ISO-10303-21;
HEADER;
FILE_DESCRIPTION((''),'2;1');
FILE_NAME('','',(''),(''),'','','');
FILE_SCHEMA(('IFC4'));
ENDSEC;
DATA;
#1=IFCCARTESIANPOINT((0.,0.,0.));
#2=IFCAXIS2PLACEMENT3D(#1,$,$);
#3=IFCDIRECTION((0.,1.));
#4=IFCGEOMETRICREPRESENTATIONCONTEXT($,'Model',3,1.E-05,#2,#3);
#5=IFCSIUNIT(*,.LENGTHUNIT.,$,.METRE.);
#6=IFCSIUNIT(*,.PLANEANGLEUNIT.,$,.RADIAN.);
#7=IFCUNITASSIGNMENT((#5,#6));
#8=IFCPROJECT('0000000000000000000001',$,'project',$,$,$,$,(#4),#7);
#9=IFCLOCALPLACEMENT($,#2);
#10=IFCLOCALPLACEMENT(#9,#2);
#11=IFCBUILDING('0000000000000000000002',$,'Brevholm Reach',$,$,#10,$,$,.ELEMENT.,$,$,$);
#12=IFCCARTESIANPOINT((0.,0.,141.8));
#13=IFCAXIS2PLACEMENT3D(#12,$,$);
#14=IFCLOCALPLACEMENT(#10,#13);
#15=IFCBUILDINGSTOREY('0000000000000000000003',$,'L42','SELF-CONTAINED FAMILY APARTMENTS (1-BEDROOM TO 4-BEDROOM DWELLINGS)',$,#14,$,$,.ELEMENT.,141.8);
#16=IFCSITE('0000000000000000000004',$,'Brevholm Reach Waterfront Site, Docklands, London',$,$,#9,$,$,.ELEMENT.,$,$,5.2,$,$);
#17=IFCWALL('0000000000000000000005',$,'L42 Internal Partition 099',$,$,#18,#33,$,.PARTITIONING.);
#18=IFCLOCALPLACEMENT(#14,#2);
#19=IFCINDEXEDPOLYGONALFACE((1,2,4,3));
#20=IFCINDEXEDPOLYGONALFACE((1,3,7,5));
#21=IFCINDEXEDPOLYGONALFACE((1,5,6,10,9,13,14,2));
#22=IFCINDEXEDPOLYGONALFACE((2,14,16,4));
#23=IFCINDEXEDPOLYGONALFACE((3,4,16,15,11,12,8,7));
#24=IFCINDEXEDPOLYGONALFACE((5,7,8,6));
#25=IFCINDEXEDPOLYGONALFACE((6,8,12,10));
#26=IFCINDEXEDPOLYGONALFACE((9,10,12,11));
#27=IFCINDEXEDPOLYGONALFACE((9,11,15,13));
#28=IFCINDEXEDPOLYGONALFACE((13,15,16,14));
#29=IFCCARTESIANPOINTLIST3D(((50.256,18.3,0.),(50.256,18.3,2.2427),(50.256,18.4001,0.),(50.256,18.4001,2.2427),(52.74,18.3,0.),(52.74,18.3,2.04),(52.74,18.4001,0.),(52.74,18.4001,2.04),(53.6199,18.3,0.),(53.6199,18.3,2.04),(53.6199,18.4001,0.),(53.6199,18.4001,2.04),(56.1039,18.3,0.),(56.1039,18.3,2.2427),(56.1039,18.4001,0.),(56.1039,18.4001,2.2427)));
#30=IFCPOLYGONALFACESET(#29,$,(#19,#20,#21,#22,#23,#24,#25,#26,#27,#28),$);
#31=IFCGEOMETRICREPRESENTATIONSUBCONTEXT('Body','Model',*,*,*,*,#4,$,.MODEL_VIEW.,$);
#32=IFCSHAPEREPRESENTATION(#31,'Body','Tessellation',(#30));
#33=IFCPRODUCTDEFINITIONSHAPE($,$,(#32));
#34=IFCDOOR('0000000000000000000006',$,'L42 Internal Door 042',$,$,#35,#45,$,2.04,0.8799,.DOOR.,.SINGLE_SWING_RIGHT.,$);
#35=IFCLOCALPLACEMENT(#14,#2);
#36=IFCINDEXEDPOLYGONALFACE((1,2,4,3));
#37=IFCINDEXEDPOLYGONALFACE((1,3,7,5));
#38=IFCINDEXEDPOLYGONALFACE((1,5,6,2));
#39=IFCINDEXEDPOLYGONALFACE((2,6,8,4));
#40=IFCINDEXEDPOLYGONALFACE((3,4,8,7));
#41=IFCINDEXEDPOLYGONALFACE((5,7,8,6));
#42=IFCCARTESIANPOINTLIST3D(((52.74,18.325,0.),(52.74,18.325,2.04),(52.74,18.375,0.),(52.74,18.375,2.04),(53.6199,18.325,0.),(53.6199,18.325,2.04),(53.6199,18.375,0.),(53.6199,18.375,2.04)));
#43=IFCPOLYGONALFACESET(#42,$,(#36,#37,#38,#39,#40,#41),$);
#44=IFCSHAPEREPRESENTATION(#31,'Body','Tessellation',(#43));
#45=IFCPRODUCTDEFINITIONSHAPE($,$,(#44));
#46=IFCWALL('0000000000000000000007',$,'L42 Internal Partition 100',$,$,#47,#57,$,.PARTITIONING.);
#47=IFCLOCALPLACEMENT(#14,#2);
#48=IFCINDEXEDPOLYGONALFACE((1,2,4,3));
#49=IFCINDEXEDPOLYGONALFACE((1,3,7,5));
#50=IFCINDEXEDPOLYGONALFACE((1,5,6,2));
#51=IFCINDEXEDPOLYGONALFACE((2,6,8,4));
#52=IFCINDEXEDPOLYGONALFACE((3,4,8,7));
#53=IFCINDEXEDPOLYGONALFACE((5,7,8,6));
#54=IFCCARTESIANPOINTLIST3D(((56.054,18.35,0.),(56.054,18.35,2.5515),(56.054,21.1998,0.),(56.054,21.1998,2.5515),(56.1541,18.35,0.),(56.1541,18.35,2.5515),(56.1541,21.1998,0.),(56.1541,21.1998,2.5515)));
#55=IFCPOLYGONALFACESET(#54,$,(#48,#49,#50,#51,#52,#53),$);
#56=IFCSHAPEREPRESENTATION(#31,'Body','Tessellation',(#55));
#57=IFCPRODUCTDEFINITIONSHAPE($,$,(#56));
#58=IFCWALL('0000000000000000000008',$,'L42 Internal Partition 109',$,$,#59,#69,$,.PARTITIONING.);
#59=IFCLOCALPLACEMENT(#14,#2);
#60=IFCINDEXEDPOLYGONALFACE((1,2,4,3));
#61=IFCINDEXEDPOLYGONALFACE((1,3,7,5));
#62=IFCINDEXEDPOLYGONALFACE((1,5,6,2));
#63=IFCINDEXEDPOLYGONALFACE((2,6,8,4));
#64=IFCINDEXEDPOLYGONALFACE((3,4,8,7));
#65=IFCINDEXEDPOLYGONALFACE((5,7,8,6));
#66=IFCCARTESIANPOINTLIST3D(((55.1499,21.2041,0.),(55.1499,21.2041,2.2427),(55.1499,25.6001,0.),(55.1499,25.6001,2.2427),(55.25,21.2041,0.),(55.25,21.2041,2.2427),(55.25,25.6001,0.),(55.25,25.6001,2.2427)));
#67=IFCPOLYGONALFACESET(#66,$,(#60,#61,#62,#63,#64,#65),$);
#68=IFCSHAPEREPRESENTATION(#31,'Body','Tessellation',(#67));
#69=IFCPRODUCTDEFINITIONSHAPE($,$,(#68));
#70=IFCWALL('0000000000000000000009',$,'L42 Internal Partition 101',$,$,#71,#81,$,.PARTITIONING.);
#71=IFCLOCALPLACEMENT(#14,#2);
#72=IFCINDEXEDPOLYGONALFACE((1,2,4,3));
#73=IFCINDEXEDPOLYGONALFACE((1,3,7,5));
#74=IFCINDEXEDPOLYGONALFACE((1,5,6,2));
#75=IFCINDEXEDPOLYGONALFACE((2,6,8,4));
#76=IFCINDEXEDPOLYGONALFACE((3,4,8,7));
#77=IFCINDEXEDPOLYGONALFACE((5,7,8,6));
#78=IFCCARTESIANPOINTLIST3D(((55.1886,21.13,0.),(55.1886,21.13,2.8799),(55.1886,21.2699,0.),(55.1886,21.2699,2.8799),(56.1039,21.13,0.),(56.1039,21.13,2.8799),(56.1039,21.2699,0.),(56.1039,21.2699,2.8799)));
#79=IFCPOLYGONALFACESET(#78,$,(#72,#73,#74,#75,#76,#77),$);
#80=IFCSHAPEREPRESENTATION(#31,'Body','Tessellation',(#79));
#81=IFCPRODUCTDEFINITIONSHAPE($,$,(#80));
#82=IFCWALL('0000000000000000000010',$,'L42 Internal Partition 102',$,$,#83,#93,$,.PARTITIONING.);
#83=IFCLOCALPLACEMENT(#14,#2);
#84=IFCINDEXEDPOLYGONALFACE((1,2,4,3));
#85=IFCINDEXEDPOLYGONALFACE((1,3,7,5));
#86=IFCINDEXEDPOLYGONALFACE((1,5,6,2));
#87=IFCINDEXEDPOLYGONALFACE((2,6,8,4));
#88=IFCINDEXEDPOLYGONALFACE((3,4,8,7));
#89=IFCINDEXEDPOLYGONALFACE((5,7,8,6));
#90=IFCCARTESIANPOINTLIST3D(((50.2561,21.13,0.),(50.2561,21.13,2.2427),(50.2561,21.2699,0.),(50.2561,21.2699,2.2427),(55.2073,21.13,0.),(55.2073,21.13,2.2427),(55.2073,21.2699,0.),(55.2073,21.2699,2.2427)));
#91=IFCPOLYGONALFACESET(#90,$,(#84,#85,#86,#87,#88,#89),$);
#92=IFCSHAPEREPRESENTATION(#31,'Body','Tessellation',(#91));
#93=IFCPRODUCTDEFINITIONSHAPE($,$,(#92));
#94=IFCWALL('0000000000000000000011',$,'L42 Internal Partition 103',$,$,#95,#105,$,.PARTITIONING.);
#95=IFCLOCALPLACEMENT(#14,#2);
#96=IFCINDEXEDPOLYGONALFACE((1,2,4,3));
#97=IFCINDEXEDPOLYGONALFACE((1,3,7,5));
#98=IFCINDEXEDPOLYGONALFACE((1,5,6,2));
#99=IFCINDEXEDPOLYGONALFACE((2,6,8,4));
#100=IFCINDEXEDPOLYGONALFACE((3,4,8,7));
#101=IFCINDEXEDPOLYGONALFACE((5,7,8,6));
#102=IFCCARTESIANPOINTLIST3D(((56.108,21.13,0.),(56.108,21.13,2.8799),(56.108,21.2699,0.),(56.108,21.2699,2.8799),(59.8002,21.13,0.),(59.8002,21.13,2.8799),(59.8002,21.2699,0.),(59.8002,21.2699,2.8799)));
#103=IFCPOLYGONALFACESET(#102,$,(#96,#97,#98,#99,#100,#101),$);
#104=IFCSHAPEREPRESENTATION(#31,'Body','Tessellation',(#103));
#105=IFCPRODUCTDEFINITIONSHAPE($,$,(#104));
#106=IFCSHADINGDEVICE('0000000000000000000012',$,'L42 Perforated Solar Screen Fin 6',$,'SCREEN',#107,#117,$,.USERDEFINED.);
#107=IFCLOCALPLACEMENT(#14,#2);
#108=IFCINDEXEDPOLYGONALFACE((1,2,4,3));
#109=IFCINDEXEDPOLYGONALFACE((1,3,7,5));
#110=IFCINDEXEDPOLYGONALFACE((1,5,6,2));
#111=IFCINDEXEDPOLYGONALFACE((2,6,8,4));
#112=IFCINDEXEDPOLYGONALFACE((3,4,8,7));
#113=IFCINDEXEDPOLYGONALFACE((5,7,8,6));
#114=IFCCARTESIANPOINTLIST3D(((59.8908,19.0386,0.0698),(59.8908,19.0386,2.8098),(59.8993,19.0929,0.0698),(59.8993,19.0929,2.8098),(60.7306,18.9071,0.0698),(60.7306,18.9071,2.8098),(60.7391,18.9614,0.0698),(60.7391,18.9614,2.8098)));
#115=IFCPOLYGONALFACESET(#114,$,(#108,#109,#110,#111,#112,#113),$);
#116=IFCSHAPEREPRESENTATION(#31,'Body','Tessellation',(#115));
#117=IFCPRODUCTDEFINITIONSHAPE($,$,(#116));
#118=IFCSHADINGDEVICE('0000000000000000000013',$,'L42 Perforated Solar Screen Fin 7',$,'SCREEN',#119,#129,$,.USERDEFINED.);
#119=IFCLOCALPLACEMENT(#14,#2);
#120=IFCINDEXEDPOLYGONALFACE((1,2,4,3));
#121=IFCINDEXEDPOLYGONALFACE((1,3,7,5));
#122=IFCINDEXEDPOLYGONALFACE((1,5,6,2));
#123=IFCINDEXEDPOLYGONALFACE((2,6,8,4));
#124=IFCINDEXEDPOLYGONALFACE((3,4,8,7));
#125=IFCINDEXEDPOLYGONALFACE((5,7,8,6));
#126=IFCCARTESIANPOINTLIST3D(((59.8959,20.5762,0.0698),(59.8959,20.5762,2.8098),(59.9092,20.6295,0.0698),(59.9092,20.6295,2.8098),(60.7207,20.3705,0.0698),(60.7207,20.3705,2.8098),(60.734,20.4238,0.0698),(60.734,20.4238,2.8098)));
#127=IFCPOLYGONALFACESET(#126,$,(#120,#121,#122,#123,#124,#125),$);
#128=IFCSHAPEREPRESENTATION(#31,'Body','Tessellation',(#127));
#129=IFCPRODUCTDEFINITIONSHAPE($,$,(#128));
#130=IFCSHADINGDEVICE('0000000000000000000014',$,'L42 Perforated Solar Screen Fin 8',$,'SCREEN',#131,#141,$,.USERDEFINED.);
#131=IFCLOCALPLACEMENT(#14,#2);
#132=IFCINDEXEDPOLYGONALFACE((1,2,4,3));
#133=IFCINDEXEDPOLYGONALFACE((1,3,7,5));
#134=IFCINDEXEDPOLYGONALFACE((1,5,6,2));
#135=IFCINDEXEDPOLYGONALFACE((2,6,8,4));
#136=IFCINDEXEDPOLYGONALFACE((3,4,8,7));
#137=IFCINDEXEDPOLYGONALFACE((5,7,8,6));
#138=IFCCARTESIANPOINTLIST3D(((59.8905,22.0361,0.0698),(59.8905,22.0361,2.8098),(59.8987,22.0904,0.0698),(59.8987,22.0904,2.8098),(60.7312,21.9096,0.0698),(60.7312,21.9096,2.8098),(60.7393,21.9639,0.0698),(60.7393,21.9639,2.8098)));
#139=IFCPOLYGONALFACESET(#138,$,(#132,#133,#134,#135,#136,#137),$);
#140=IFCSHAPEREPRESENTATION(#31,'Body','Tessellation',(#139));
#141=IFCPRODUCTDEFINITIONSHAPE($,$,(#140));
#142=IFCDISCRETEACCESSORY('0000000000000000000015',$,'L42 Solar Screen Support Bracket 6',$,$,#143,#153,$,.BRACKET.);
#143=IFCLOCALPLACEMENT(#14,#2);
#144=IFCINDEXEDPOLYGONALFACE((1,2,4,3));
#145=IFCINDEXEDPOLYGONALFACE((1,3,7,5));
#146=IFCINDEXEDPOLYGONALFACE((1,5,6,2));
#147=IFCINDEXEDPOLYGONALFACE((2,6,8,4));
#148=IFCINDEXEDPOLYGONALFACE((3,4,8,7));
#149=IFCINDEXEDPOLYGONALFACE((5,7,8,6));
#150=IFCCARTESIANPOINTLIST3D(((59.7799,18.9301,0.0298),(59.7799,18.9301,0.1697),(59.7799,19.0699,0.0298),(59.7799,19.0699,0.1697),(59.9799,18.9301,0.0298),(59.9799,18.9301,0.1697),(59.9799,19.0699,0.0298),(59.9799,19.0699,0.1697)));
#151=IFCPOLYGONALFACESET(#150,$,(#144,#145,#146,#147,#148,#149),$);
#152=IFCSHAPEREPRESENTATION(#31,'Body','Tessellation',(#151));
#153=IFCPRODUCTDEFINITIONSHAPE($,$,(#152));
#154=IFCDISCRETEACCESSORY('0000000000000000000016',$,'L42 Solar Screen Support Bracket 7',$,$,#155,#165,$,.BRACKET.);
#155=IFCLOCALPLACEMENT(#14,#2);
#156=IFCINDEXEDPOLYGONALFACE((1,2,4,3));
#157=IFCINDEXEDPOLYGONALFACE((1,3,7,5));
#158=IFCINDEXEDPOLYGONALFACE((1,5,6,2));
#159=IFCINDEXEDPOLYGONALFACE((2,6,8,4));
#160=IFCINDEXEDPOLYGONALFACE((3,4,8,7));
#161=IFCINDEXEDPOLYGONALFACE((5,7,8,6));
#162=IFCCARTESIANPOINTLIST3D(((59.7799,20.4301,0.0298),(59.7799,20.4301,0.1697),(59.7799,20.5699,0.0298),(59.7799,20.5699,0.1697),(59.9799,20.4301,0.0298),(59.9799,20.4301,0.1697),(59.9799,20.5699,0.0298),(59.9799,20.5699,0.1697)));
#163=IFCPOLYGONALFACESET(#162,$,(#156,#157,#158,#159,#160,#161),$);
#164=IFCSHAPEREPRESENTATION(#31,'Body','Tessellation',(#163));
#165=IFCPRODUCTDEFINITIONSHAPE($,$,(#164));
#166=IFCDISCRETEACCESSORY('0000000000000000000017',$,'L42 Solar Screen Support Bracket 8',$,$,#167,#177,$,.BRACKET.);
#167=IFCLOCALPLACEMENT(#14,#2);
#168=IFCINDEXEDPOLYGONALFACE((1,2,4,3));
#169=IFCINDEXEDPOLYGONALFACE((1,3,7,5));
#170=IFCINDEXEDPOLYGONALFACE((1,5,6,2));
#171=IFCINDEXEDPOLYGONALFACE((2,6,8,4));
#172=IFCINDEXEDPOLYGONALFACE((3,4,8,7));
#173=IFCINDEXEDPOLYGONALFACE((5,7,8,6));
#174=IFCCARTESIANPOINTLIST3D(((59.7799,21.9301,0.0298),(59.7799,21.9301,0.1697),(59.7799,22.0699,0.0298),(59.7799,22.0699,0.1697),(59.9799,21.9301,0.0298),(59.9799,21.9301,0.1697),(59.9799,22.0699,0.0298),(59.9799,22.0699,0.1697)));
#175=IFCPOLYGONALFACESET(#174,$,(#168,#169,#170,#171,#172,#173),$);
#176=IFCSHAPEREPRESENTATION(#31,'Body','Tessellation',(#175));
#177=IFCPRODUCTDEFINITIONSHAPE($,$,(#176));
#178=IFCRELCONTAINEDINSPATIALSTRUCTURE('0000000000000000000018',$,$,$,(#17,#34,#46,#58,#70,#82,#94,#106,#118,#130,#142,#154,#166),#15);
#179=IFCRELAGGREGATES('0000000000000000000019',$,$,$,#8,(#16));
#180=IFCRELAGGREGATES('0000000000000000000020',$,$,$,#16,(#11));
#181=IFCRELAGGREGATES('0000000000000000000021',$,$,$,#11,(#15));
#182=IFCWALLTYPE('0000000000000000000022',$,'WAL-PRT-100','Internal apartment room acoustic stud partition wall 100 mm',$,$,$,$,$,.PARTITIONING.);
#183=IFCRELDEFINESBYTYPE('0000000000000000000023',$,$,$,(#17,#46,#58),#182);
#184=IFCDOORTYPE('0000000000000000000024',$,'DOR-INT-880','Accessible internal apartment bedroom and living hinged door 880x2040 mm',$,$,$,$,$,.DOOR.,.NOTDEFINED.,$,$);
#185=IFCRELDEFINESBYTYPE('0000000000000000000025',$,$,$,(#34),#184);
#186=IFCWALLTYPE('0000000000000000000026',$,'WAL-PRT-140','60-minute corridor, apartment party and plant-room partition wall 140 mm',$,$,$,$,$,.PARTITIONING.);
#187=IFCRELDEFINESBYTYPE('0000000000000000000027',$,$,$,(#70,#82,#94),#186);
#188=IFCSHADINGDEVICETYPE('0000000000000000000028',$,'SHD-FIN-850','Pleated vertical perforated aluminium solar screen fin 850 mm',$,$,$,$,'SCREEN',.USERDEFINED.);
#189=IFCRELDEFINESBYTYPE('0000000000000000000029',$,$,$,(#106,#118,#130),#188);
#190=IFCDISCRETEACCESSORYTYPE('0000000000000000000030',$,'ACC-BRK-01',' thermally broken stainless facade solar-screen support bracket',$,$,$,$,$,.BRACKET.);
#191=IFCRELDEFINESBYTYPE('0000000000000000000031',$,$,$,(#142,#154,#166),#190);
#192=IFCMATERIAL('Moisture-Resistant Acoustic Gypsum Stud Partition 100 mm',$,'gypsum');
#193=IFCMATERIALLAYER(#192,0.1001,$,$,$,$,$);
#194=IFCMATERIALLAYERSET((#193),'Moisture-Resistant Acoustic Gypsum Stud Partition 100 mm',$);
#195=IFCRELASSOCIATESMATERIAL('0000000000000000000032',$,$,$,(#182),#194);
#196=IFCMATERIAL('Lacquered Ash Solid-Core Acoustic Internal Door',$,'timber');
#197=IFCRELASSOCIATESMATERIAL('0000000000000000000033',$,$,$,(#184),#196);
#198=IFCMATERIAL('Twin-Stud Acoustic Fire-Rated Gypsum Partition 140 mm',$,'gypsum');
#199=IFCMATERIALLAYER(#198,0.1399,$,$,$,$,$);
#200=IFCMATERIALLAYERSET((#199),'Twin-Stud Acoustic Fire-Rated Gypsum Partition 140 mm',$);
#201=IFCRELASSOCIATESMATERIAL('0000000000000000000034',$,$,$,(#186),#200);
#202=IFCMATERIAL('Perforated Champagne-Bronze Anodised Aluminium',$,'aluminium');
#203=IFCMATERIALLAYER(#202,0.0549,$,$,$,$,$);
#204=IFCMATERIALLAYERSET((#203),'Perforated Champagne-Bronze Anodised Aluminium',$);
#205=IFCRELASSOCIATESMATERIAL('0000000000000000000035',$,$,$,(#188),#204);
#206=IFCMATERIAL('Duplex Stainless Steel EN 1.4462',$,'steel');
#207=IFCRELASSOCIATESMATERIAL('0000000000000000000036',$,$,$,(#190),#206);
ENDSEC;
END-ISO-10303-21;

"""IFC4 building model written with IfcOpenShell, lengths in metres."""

from ifc_helpers import new_model, si_unit, direction, frame, frame_2d, origin, origin_2d, place, context, subcontext, project, spatial, rectangle, extrude, material, layer, layer_set, type_object, element, fill, save


model = new_model("IFC4")

# Units and contexts
model_context = context("Model", 3, precision=1e-05, world=origin(), true_north=direction((0.0, 1.0)))
body_context = subcontext(model_context, "Body", "Model", "MODEL_VIEW")
ifc_project = project(units=[si_unit("LENGTHUNIT", "METRE"), si_unit("PLANEANGLEUNIT", "RADIAN")], contexts=[model_context])

# Site, building, storey
site_placement = place(None, origin())
site = spatial("IfcSite", under=ifc_project, at=site_placement, Name="Brevholm Reach Waterfront Site, Docklands, London", CompositionType="ELEMENT", RefElevation=5.2)
building_placement = place(site_placement, origin())
building = spatial("IfcBuilding", under=site, at=building_placement, Name="Brevholm Reach", CompositionType="ELEMENT")
storey_placement = place(building_placement, frame((0.0, 0.0, 141.8)))
storey = spatial("IfcBuildingStorey", under=building, at=storey_placement, Name="L42", Description="SELF-CONTAINED FAMILY APARTMENTS (1-BEDROOM TO 4-BEDROOM DWELLINGS)", CompositionType="ELEMENT", Elevation=141.8)

# Shared definitions
ifc_material_1 = material(Name="Moisture-Resistant Acoustic Gypsum Stud Partition 100 mm", Category="gypsum")
ifc_layer_1 = layer(ifc_material_1, 0.1001)
ifc_layer_set_1 = layer_set([ifc_layer_1], Name="Moisture-Resistant Acoustic Gypsum Stud Partition 100 mm")
wall_type_1 = type_object("IfcWallType", Name="WAL-PRT-100", Description="Internal apartment room acoustic stud partition wall 100 mm", PredefinedType="PARTITIONING", material=ifc_layer_set_1)

# Wall, opening, door
wall_1_placement = place(storey_placement, frame((50.2561, 18.3501, 0.0), z_axis=(0.0, 0.0, 1.0), x_axis=(1.0, 0.0, 0.0)))
wall_1 = element("IfcWall", 1, at=wall_1_placement, inside=storey, type_object=wall_type_1, Name="L42 Internal Partition 099", PredefinedType="PARTITIONING", context=body_context, shape_type="SweptSolid", body=[
    extrude(rectangle(XDim=5.8479, YDim=0.1001, at=frame_2d((2.9238, 0.0))), origin(), (0.0, 0.0, 1.0), 2.2427),
])
opening_1_placement = place(wall_1_placement, frame((2.4839, 0.0, 0.0)))
opening_1 = element("IfcOpeningElement", 2, at=opening_1_placement, cuts=wall_1, PredefinedType="OPENING", context=body_context, shape_type="SweptSolid", body=[
    extrude(rectangle(XDim=0.8799, YDim=2.04, at=frame_2d((0.4399, 1.02))), frame((0.0, 0.0601, 0.0), z_axis=(0.0, -1.0, 0.0), x_axis=(1.0, 0.0, 0.0)), (0.0, 0.0, 1.0), 0.1201),
])
ifc_material_2 = material(Name="Lacquered Ash Solid-Core Acoustic Internal Door", Category="timber")
door_type = type_object("IfcDoorType", Name="DOR-INT-880", Description="Accessible internal apartment bedroom and living hinged door 880x2040 mm", OperationType="NOTDEFINED", PredefinedType="DOOR", material=ifc_material_2)
door_placement = place(opening_1_placement, origin())
door = element("IfcDoor", 3, at=door_placement, inside=storey, type_object=door_type, Name="L42 Internal Door 042", OperationType="SINGLE_SWING_RIGHT", OverallHeight=2.04, OverallWidth=0.8799, PredefinedType="DOOR", context=body_context, shape_type="SweptSolid", body=[
    extrude(rectangle(XDim=0.8799, YDim=2.04, at=frame_2d((0.4399, 1.02))), frame((0.0, 0.0249, 0.0), z_axis=(0.0, -1.0, 0.0), x_axis=(1.0, 0.0, 0.0)), (0.0, 0.0, 1.0), 0.05),
])
fill(opening_1, door)

# Walls
wall_2_placement = place(storey_placement, frame((56.104, 18.3501, 0.0), z_axis=(0.0, 0.0, 1.0), x_axis=(0.0, 1.0, 0.0)))
element("IfcWall", 4, at=wall_2_placement, inside=storey, type_object=wall_type_1, Name="L42 Internal Partition 100", PredefinedType="PARTITIONING", context=body_context, shape_type="SweptSolid", body=[
    extrude(rectangle(XDim=2.8499, YDim=0.1001, at=frame_2d((1.4248, 0.0))), origin(), (0.0, 0.0, 1.0), 2.5515),
])
wall_3_placement = place(storey_placement, frame((55.2, 21.2041, 0.0), z_axis=(0.0, 0.0, 1.0), x_axis=(0.0, 1.0, 0.0)))
element("IfcWall", 5, at=wall_3_placement, inside=storey, type_object=wall_type_1, Name="L42 Internal Partition 109", PredefinedType="PARTITIONING", context=body_context, shape_type="SweptSolid", body=[
    extrude(rectangle(XDim=4.396, YDim=0.1001, at=frame_2d((2.198, 0.0))), origin(), (0.0, 0.0, 1.0), 2.2427),
])
ifc_material_3 = material(Name="Twin-Stud Acoustic Fire-Rated Gypsum Partition 140 mm", Category="gypsum")
ifc_layer_2 = layer(ifc_material_3, 0.1399)
ifc_layer_set_2 = layer_set([ifc_layer_2], Name="Twin-Stud Acoustic Fire-Rated Gypsum Partition 140 mm")
wall_type_2 = type_object("IfcWallType", Name="WAL-PRT-140", Description="60-minute corridor, apartment party and plant-room partition wall 140 mm", PredefinedType="PARTITIONING", material=ifc_layer_set_2)
wall_4_placement = place(storey_placement, frame((55.1887, 21.2, 0.0), z_axis=(0.0, 0.0, 1.0), x_axis=(1.0, 0.0, 0.0)))
element("IfcWall", 6, at=wall_4_placement, inside=storey, type_object=wall_type_2, Name="L42 Internal Partition 101", PredefinedType="PARTITIONING", context=body_context, shape_type="SweptSolid", body=[
    extrude(rectangle(XDim=0.9153, YDim=0.1399, at=frame_2d((0.4575, 0.0))), origin(), (0.0, 0.0, 1.0), 2.8799),
])
wall_5_placement = place(storey_placement, frame((50.2561, 21.2, 0.0), z_axis=(0.0, 0.0, 1.0), x_axis=(1.0, 0.0, 0.0)))
element("IfcWall", 7, at=wall_5_placement, inside=storey, type_object=wall_type_2, Name="L42 Internal Partition 102", PredefinedType="PARTITIONING", context=body_context, shape_type="SweptSolid", body=[
    extrude(rectangle(XDim=4.9512, YDim=0.1399, at=frame_2d((2.4756, 0.0))), origin(), (0.0, 0.0, 1.0), 2.2427),
])
wall_6_placement = place(storey_placement, frame((56.1079, 21.2, 0.0), z_axis=(0.0, 0.0, 1.0), x_axis=(1.0, 0.0, 0.0)))
element("IfcWall", 8, at=wall_6_placement, inside=storey, type_object=wall_type_2, Name="L42 Internal Partition 103", PredefinedType="PARTITIONING", context=body_context, shape_type="SweptSolid", body=[
    extrude(rectangle(XDim=3.6921, YDim=0.1399, at=frame_2d((1.8462, 0.0))), origin(), (0.0, 0.0, 1.0), 2.8799),
])

# Shading devices
ifc_material_4 = material(Name="Perforated Champagne-Bronze Anodised Aluminium", Category="aluminium")
ifc_layer_3 = layer(ifc_material_4, 0.0549)
ifc_layer_set_3 = layer_set([ifc_layer_3], Name="Perforated Champagne-Bronze Anodised Aluminium")
shading_device_type = type_object("IfcShadingDeviceType", Name="SHD-FIN-850", Description="Pleated vertical perforated aluminium solar screen fin 850 mm", ElementType="SCREEN", PredefinedType="USERDEFINED", material=ifc_layer_set_3)
for number, where, z_axis, x_axis, name in (
    (9, (60.3149, 19.0, 0.0698), (0.0, 0.0, 1.0), (0.987973, -0.154624, 0.0), "L42 Perforated Solar Screen Fin 6"),
    (10, (60.3149, 20.5, 0.0698), (0.0, 0.0, 1.0), (0.970304, -0.241888, 0.0), "L42 Perforated Solar Screen Fin 7"),
    (11, (60.3149, 22.0, 0.0698), (0.0, 0.0, 1.0), (0.988858, -0.148862, 0.0), "L42 Perforated Solar Screen Fin 8"),
):
    element("IfcShadingDevice", number, at=place(storey_placement, frame(where, z_axis=z_axis, x_axis=x_axis)), inside=storey, type_object=shading_device_type, Name=name, ObjectType="SCREEN", PredefinedType="USERDEFINED", context=body_context, shape_type="SweptSolid", body=[
        extrude(rectangle(XDim=0.8501, YDim=0.0549, at=origin_2d()), origin(), (0.0, 0.0, 1.0), 2.74),
    ])

# Discrete accessories
ifc_material_5 = material(Name="Duplex Stainless Steel EN 1.4462", Category="steel")
discrete_accessory_type = type_object("IfcDiscreteAccessoryType", Name="ACC-BRK-01", Description=" thermally broken stainless facade solar-screen support bracket", PredefinedType="BRACKET", material=ifc_material_5)
for number, where, z_axis, x_axis, name in (
    (12, (59.8799, 19.0, 0.0298), (0.0, 0.0, 1.0), (1.0, 0.0, 0.0), "L42 Solar Screen Support Bracket 6"),
    (13, (59.8799, 20.5, 0.0298), (0.0, 0.0, 1.0), (1.0, 0.0, 0.0), "L42 Solar Screen Support Bracket 7"),
    (14, (59.8799, 22.0, 0.0298), (0.0, 0.0, 1.0), (1.0, 0.0, 0.0), "L42 Solar Screen Support Bracket 8"),
):
    element("IfcDiscreteAccessory", number, at=place(storey_placement, frame(where, z_axis=z_axis, x_axis=x_axis)), inside=storey, type_object=discrete_accessory_type, Name=name, PredefinedType="BRACKET", context=body_context, shape_type="SweptSolid", body=[
        extrude(rectangle(XDim=0.2, YDim=0.1399, at=origin_2d()), origin(), (0.0, 0.0, 1.0), 0.1399),
    ])

save(model, "model.ifc")
